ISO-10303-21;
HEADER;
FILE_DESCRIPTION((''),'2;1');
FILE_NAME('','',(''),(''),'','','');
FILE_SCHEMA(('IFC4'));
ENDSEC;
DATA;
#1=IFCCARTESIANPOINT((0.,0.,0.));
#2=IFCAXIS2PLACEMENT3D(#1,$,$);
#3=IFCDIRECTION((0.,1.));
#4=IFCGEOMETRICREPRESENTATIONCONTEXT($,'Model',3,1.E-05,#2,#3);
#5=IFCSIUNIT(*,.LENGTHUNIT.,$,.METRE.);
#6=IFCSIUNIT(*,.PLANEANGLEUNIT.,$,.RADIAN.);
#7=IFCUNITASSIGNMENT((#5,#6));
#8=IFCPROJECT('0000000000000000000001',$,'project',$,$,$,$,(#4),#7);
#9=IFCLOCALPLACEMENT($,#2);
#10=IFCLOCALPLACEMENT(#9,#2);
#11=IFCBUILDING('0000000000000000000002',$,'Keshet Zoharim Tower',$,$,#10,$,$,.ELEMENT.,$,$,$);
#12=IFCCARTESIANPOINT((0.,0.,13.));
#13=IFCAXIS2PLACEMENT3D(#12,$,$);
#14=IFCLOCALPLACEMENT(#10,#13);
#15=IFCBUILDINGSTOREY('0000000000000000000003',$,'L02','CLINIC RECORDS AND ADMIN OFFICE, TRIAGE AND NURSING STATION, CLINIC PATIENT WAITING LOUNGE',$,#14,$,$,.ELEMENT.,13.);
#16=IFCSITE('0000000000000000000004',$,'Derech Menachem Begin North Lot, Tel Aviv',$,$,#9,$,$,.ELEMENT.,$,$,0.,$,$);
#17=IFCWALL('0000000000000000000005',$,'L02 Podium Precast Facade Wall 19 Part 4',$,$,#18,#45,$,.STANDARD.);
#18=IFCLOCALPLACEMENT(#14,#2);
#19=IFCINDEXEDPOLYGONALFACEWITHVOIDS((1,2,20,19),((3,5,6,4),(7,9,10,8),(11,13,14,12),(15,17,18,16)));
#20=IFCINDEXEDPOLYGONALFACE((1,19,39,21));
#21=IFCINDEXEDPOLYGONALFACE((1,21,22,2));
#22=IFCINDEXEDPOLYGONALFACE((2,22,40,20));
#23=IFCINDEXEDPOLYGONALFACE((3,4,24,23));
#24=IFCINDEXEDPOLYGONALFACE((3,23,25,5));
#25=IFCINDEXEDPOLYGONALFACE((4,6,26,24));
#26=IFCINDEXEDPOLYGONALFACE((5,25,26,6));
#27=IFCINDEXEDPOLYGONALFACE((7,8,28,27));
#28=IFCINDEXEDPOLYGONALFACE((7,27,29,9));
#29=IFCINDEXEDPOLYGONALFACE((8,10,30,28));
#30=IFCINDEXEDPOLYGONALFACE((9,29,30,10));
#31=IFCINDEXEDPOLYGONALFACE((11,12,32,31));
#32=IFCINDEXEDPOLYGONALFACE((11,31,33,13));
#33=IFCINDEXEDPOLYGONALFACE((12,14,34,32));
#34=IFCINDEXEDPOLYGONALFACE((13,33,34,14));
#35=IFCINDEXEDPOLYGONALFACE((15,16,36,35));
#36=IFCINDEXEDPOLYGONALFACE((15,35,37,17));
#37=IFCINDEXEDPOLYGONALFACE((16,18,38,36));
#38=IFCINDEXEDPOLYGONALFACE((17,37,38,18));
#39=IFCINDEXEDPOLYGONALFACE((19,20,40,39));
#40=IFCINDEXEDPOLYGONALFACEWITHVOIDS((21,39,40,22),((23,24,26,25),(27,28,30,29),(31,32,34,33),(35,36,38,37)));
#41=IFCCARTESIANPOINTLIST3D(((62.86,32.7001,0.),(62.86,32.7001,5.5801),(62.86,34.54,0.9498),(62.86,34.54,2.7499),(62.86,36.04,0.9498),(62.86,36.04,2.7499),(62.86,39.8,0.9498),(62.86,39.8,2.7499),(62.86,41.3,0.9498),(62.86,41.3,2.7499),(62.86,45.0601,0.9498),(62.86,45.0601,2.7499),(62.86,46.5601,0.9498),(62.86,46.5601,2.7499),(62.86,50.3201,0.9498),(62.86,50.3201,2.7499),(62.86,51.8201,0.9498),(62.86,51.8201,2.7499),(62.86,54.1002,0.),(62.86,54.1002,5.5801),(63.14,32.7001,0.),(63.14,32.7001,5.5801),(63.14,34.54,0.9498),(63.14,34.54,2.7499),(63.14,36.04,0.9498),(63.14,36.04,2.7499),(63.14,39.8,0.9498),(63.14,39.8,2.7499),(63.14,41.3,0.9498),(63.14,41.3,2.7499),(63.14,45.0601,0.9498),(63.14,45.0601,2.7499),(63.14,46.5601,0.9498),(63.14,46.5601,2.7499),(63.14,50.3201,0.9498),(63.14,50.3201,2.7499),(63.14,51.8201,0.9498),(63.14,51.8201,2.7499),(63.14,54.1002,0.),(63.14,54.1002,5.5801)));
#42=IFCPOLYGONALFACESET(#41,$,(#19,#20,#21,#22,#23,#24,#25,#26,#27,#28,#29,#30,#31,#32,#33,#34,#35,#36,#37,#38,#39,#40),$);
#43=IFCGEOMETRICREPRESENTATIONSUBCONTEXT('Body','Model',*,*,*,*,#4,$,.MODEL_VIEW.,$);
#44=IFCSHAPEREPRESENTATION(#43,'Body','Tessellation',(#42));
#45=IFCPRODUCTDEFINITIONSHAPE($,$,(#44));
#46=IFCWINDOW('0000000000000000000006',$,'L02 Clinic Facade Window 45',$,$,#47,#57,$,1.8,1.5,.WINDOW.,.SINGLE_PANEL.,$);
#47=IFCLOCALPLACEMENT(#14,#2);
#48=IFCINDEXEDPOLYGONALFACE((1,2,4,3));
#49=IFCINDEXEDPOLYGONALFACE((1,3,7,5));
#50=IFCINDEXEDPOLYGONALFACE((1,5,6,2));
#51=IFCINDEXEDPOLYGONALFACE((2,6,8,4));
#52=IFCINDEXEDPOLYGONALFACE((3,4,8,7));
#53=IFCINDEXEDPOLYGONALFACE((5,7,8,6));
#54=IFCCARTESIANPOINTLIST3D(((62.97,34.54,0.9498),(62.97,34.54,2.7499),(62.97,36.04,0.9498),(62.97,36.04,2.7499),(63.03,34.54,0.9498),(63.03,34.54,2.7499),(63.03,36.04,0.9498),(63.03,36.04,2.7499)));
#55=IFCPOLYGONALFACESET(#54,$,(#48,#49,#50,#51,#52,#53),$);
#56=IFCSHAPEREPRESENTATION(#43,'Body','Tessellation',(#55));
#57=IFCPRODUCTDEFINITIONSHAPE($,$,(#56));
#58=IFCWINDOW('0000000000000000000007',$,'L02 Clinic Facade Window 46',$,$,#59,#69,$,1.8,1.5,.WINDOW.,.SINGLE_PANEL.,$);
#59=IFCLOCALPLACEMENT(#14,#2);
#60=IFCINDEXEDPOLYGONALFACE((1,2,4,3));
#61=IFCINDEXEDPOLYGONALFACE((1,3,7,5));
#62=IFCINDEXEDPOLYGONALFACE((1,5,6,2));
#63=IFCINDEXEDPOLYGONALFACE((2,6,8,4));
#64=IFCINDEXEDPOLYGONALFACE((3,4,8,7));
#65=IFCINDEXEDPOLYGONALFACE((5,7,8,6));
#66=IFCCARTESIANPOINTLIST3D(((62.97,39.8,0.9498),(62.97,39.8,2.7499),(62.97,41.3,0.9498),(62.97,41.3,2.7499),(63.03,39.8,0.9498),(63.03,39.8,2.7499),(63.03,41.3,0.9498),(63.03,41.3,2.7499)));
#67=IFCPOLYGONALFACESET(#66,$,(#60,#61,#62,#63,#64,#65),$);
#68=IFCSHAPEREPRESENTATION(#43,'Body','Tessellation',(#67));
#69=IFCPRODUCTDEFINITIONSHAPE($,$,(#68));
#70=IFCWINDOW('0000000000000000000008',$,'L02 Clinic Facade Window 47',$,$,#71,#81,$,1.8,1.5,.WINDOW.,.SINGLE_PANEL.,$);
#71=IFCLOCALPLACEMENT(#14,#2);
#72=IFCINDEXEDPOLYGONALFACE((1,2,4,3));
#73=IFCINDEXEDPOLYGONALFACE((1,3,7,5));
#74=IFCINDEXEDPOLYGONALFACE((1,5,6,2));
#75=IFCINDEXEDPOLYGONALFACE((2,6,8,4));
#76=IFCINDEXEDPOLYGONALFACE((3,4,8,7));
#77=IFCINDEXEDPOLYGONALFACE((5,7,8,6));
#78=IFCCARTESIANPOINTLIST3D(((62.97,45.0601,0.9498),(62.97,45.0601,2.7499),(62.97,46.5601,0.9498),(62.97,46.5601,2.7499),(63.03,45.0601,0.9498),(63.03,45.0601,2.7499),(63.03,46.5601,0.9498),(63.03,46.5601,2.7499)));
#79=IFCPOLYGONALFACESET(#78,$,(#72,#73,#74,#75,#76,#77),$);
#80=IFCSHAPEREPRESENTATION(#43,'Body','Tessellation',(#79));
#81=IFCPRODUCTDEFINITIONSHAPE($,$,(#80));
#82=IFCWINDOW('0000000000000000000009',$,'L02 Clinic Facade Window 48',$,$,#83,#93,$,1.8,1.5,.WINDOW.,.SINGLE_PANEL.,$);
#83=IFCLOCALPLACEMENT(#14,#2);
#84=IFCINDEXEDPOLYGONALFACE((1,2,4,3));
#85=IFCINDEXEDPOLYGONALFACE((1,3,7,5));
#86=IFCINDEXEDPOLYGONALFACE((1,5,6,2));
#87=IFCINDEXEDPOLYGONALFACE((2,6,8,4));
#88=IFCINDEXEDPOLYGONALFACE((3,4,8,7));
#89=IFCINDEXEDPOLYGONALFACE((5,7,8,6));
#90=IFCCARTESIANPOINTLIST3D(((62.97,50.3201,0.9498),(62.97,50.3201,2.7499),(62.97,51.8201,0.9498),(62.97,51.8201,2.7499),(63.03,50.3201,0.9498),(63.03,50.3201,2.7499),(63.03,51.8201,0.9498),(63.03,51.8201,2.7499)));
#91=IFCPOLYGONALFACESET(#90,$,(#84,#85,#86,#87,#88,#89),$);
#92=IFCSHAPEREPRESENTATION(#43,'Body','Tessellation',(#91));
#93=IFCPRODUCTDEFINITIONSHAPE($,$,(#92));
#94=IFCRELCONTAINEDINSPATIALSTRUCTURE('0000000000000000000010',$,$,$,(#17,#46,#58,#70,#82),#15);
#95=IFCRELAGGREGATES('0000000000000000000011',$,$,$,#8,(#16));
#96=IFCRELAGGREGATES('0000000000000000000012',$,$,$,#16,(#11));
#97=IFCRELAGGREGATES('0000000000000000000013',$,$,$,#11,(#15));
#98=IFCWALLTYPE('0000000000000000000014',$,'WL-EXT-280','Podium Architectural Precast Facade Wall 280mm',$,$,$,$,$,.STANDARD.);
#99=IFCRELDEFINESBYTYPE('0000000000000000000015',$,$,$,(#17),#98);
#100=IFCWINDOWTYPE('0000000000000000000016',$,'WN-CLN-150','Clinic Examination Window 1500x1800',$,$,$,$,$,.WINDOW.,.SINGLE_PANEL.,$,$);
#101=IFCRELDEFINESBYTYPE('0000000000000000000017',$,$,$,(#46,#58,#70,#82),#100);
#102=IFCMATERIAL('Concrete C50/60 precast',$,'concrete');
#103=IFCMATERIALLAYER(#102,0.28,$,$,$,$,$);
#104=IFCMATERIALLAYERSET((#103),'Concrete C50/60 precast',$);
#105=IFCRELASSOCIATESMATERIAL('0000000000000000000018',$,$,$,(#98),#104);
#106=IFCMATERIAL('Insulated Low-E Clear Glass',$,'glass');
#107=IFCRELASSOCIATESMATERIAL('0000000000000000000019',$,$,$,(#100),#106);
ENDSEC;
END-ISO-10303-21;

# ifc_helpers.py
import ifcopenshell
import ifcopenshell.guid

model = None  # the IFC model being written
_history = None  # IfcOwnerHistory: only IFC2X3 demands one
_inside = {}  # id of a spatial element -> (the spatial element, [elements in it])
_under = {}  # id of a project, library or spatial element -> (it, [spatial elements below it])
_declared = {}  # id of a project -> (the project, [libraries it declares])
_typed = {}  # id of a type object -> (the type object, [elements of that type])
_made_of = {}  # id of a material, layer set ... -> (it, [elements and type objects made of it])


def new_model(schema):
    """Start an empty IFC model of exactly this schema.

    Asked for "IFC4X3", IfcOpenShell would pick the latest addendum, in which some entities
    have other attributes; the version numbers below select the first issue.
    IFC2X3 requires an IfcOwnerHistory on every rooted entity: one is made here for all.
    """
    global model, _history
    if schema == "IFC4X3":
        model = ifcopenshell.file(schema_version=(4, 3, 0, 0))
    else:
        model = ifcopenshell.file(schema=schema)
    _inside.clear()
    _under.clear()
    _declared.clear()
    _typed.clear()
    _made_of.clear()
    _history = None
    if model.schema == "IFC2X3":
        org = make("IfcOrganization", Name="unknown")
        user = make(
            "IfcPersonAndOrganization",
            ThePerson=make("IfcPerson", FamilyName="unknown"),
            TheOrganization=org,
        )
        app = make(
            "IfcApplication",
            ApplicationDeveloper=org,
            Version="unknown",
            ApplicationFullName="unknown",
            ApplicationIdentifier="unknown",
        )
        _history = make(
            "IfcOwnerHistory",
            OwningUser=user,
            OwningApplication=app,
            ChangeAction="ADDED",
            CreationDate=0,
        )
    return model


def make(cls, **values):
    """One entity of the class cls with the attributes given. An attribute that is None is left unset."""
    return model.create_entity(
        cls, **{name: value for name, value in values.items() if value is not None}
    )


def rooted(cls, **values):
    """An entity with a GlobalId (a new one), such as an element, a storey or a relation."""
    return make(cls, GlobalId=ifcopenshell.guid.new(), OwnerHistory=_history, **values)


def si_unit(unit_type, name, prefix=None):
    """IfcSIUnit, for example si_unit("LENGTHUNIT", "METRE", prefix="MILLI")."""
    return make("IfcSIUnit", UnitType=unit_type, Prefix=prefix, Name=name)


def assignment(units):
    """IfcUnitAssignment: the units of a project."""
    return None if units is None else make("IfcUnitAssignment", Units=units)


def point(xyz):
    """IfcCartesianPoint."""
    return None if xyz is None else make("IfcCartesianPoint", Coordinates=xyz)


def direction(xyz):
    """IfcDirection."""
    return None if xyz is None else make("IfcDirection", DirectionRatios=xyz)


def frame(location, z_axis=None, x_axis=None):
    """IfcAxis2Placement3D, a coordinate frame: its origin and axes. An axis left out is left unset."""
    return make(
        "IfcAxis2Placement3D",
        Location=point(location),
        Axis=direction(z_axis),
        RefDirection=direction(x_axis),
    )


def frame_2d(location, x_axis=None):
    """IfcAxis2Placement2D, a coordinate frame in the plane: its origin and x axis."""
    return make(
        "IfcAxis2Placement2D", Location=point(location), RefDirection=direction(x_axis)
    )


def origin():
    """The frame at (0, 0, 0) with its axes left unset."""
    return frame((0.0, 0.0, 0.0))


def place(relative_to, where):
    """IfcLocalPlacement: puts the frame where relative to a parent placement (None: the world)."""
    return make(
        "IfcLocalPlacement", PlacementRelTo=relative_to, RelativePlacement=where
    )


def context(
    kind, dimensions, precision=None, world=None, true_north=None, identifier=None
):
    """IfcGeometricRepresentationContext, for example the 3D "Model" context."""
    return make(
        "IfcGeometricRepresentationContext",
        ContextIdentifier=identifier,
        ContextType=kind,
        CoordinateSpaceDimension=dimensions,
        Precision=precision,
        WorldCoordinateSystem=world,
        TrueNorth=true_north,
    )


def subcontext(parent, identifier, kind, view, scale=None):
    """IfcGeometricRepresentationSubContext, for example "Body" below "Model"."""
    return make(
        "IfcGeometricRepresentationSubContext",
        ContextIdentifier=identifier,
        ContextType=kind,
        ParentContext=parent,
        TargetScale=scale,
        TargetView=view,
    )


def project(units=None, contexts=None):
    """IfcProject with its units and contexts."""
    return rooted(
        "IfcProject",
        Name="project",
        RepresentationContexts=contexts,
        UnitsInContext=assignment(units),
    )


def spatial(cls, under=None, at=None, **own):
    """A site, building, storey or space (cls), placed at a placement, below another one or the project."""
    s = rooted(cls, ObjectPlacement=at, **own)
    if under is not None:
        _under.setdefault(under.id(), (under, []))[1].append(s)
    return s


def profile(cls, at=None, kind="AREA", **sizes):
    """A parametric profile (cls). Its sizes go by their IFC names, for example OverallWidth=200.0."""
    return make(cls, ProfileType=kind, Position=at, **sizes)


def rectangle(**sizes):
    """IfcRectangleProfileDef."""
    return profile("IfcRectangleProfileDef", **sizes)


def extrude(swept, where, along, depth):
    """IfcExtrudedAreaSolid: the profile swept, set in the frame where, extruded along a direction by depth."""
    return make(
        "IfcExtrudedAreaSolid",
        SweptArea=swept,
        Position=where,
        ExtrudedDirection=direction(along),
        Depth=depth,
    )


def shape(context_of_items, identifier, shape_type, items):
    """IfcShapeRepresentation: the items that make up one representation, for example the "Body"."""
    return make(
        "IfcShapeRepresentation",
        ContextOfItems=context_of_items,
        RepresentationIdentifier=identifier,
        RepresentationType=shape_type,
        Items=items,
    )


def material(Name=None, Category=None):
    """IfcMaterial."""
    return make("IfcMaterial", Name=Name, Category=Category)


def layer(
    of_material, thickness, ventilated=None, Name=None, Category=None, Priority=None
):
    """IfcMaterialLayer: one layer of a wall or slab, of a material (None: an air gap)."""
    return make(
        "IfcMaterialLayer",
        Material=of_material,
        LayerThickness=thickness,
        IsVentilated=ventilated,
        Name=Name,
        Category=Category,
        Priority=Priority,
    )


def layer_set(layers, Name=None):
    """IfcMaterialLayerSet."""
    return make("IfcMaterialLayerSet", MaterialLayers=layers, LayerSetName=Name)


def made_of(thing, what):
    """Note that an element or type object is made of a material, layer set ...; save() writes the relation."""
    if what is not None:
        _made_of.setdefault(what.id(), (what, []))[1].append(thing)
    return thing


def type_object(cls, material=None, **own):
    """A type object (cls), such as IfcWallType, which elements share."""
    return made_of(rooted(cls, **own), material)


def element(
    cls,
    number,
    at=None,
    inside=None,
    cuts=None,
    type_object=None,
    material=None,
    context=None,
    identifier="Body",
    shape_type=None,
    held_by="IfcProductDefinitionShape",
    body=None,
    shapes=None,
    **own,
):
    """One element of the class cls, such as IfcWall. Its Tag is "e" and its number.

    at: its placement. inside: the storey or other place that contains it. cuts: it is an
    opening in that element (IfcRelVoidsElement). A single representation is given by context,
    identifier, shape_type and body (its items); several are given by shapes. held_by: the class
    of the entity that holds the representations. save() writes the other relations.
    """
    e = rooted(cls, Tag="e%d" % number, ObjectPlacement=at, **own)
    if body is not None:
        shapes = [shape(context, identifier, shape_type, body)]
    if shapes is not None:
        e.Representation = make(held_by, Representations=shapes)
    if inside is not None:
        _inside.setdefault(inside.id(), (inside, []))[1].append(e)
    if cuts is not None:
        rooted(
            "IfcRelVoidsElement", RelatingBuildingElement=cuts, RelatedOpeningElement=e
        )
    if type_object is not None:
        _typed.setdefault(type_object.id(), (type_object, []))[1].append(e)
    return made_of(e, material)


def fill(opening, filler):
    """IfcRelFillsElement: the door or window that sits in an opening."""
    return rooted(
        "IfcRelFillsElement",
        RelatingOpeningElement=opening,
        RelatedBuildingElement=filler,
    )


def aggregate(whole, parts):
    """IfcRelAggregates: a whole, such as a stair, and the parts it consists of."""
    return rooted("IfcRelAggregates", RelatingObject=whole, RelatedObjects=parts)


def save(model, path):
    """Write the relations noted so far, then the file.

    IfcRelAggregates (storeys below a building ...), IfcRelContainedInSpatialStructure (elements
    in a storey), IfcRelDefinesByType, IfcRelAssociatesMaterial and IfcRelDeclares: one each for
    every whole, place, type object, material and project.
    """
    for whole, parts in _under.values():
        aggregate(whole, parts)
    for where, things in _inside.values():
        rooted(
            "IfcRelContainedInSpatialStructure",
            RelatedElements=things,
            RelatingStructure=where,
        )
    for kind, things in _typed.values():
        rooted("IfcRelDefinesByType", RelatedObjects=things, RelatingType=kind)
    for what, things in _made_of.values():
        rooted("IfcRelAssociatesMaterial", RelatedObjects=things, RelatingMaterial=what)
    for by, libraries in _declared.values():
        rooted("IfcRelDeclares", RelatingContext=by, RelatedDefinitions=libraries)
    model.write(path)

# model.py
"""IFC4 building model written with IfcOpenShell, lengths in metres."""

from ifc_helpers import new_model, si_unit, direction, frame, frame_2d, origin, place, context, subcontext, project, spatial, rectangle, extrude, material, layer, layer_set, type_object, element, fill, save


model = new_model("IFC4")

# Units and contexts
model_context = context("Model", 3, precision=1e-05, world=origin(), true_north=direction((0.0, 1.0)))
body_context = subcontext(model_context, "Body", "Model", "MODEL_VIEW")
ifc_project = project(units=[si_unit("LENGTHUNIT", "METRE"), si_unit("PLANEANGLEUNIT", "RADIAN")], contexts=[model_context])

# Site, building, storey
site_placement = place(None, origin())
site = spatial("IfcSite", under=ifc_project, at=site_placement, Name="Derech Menachem Begin North Lot, Tel Aviv", CompositionType="ELEMENT", RefElevation=0.0)
building_placement = place(site_placement, origin())
building = spatial("IfcBuilding", under=site, at=building_placement, Name="Keshet Zoharim Tower", CompositionType="ELEMENT")
storey_placement = place(building_placement, frame((0.0, 0.0, 13.0)))
storey = spatial("IfcBuildingStorey", under=building, at=storey_placement, Name="L02", Description="CLINIC RECORDS AND ADMIN OFFICE, TRIAGE AND NURSING STATION, CLINIC PATIENT WAITING LOUNGE", CompositionType="ELEMENT", Elevation=13.0)

# Wall, openings, windows
ifc_material_1 = material(Name="Concrete C50/60 precast", Category="concrete")
ifc_layer = layer(ifc_material_1, 0.28)
ifc_layer_set = layer_set([ifc_layer], Name="Concrete C50/60 precast")
wall_type = type_object("IfcWallType", Name="WL-EXT-280", Description="Podium Architectural Precast Facade Wall 280mm", PredefinedType="STANDARD", material=ifc_layer_set)
wall_placement = place(storey_placement, frame((63.0, 32.7, 0.0), z_axis=(0.0, 0.0, 1.0), x_axis=(0.0, 1.0, 0.0)))
wall = element("IfcWall", 1, at=wall_placement, inside=storey, type_object=wall_type, Name="L02 Podium Precast Facade Wall 19 Part 4", PredefinedType="STANDARD", context=body_context, shape_type="SweptSolid", body=[
    extrude(rectangle(XDim=21.4001, YDim=0.28, at=frame_2d((10.7002, 0.0))), origin(), (0.0, 0.0, 1.0), 5.5801),
])
opening_1_placement = place(wall_placement, frame((1.8401, 0.0, 0.95)))
opening_1 = element("IfcOpeningElement", 2, at=opening_1_placement, cuts=wall, PredefinedType="OPENING", context=body_context, shape_type="SweptSolid", body=[
    extrude(rectangle(XDim=1.5, YDim=1.8, at=frame_2d((0.75, 0.8999))), frame((0.0, 0.1499, 0.0), z_axis=(0.0, -1.0, 0.0), x_axis=(1.0, 0.0, 0.0)), (0.0, 0.0, 1.0), 0.3),
])
opening_2_placement = place(wall_placement, frame((7.1001, 0.0, 0.95)))
opening_2 = element("IfcOpeningElement", 3, at=opening_2_placement, cuts=wall, PredefinedType="OPENING", context=body_context, shape_type="SweptSolid", body=[
    extrude(rectangle(XDim=1.5, YDim=1.8, at=frame_2d((0.75, 0.8999))), frame((0.0, 0.1499, 0.0), z_axis=(0.0, -1.0, 0.0), x_axis=(1.0, 0.0, 0.0)), (0.0, 0.0, 1.0), 0.3),
])
opening_3_placement = place(wall_placement, frame((12.3601, 0.0, 0.95)))
opening_3 = element("IfcOpeningElement", 4, at=opening_3_placement, cuts=wall, PredefinedType="OPENING", context=body_context, shape_type="SweptSolid", body=[
    extrude(rectangle(XDim=1.5, YDim=1.8, at=frame_2d((0.75, 0.8999))), frame((0.0, 0.1499, 0.0), z_axis=(0.0, -1.0, 0.0), x_axis=(1.0, 0.0, 0.0)), (0.0, 0.0, 1.0), 0.3),
])
opening_4_placement = place(wall_placement, frame((17.6201, 0.0, 0.95)))
opening_4 = element("IfcOpeningElement", 5, at=opening_4_placement, cuts=wall, PredefinedType="OPENING", context=body_context, shape_type="SweptSolid", body=[
    extrude(rectangle(XDim=1.5, YDim=1.8, at=frame_2d((0.75, 0.8999))), frame((0.0, 0.1499, 0.0), z_axis=(0.0, -1.0, 0.0), x_axis=(1.0, 0.0, 0.0)), (0.0, 0.0, 1.0), 0.3),
])
ifc_material_2 = material(Name="Insulated Low-E Clear Glass", Category="glass")
window_type = type_object("IfcWindowType", Name="WN-CLN-150", Description="Clinic Examination Window 1500x1800", PartitioningType="SINGLE_PANEL", PredefinedType="WINDOW", material=ifc_material_2)
window_1_placement = place(opening_1_placement, origin())
window_1 = element("IfcWindow", 6, at=window_1_placement, inside=storey, type_object=window_type, Name="L02 Clinic Facade Window 45", OverallHeight=1.8, OverallWidth=1.5, PartitioningType="SINGLE_PANEL", PredefinedType="WINDOW", context=body_context, shape_type="SweptSolid", body=[
    extrude(rectangle(XDim=1.5, YDim=1.8, at=frame_2d((0.75, 0.8999))), frame((0.0, 0.03, 0.0), z_axis=(0.0, -1.0, 0.0), x_axis=(1.0, 0.0, 0.0)), (0.0, 0.0, 1.0), 0.0601),
])
fill(opening_1, window_1)
window_2_placement = place(opening_2_placement, origin())
window_2 = element("IfcWindow", 7, at=window_2_placement, inside=storey, type_object=window_type, Name="L02 Clinic Facade Window 46", OverallHeight=1.8, OverallWidth=1.5, PartitioningType="SINGLE_PANEL", PredefinedType="WINDOW", context=body_context, shape_type="SweptSolid", body=[
    extrude(rectangle(XDim=1.5, YDim=1.8, at=frame_2d((0.75, 0.8999))), frame((0.0, 0.03, 0.0), z_axis=(0.0, -1.0, 0.0), x_axis=(1.0, 0.0, 0.0)), (0.0, 0.0, 1.0), 0.0601),
])
fill(opening_2, window_2)
window_3_placement = place(opening_3_placement, origin())
window_3 = element("IfcWindow", 8, at=window_3_placement, inside=storey, type_object=window_type, Name="L02 Clinic Facade Window 47", OverallHeight=1.8, OverallWidth=1.5, PartitioningType="SINGLE_PANEL", PredefinedType="WINDOW", context=body_context, shape_type="SweptSolid", body=[
    extrude(rectangle(XDim=1.5, YDim=1.8, at=frame_2d((0.75, 0.8999))), frame((0.0, 0.03, 0.0), z_axis=(0.0, -1.0, 0.0), x_axis=(1.0, 0.0, 0.0)), (0.0, 0.0, 1.0), 0.0601),
])
fill(opening_3, window_3)
window_4_placement = place(opening_4_placement, origin())
window_4 = element("IfcWindow", 9, at=window_4_placement, inside=storey, type_object=window_type, Name="L02 Clinic Facade Window 48", OverallHeight=1.8, OverallWidth=1.5, PartitioningType="SINGLE_PANEL", PredefinedType="WINDOW", context=body_context, shape_type="SweptSolid", body=[
    extrude(rectangle(XDim=1.5, YDim=1.8, at=frame_2d((0.75, 0.8999))), frame((0.0, 0.03, 0.0), z_axis=(0.0, -1.0, 0.0), x_axis=(1.0, 0.0, 0.0)), (0.0, 0.0, 1.0), 0.0601),
])
fill(opening_4, window_4)

save(model, "model.ifc")
